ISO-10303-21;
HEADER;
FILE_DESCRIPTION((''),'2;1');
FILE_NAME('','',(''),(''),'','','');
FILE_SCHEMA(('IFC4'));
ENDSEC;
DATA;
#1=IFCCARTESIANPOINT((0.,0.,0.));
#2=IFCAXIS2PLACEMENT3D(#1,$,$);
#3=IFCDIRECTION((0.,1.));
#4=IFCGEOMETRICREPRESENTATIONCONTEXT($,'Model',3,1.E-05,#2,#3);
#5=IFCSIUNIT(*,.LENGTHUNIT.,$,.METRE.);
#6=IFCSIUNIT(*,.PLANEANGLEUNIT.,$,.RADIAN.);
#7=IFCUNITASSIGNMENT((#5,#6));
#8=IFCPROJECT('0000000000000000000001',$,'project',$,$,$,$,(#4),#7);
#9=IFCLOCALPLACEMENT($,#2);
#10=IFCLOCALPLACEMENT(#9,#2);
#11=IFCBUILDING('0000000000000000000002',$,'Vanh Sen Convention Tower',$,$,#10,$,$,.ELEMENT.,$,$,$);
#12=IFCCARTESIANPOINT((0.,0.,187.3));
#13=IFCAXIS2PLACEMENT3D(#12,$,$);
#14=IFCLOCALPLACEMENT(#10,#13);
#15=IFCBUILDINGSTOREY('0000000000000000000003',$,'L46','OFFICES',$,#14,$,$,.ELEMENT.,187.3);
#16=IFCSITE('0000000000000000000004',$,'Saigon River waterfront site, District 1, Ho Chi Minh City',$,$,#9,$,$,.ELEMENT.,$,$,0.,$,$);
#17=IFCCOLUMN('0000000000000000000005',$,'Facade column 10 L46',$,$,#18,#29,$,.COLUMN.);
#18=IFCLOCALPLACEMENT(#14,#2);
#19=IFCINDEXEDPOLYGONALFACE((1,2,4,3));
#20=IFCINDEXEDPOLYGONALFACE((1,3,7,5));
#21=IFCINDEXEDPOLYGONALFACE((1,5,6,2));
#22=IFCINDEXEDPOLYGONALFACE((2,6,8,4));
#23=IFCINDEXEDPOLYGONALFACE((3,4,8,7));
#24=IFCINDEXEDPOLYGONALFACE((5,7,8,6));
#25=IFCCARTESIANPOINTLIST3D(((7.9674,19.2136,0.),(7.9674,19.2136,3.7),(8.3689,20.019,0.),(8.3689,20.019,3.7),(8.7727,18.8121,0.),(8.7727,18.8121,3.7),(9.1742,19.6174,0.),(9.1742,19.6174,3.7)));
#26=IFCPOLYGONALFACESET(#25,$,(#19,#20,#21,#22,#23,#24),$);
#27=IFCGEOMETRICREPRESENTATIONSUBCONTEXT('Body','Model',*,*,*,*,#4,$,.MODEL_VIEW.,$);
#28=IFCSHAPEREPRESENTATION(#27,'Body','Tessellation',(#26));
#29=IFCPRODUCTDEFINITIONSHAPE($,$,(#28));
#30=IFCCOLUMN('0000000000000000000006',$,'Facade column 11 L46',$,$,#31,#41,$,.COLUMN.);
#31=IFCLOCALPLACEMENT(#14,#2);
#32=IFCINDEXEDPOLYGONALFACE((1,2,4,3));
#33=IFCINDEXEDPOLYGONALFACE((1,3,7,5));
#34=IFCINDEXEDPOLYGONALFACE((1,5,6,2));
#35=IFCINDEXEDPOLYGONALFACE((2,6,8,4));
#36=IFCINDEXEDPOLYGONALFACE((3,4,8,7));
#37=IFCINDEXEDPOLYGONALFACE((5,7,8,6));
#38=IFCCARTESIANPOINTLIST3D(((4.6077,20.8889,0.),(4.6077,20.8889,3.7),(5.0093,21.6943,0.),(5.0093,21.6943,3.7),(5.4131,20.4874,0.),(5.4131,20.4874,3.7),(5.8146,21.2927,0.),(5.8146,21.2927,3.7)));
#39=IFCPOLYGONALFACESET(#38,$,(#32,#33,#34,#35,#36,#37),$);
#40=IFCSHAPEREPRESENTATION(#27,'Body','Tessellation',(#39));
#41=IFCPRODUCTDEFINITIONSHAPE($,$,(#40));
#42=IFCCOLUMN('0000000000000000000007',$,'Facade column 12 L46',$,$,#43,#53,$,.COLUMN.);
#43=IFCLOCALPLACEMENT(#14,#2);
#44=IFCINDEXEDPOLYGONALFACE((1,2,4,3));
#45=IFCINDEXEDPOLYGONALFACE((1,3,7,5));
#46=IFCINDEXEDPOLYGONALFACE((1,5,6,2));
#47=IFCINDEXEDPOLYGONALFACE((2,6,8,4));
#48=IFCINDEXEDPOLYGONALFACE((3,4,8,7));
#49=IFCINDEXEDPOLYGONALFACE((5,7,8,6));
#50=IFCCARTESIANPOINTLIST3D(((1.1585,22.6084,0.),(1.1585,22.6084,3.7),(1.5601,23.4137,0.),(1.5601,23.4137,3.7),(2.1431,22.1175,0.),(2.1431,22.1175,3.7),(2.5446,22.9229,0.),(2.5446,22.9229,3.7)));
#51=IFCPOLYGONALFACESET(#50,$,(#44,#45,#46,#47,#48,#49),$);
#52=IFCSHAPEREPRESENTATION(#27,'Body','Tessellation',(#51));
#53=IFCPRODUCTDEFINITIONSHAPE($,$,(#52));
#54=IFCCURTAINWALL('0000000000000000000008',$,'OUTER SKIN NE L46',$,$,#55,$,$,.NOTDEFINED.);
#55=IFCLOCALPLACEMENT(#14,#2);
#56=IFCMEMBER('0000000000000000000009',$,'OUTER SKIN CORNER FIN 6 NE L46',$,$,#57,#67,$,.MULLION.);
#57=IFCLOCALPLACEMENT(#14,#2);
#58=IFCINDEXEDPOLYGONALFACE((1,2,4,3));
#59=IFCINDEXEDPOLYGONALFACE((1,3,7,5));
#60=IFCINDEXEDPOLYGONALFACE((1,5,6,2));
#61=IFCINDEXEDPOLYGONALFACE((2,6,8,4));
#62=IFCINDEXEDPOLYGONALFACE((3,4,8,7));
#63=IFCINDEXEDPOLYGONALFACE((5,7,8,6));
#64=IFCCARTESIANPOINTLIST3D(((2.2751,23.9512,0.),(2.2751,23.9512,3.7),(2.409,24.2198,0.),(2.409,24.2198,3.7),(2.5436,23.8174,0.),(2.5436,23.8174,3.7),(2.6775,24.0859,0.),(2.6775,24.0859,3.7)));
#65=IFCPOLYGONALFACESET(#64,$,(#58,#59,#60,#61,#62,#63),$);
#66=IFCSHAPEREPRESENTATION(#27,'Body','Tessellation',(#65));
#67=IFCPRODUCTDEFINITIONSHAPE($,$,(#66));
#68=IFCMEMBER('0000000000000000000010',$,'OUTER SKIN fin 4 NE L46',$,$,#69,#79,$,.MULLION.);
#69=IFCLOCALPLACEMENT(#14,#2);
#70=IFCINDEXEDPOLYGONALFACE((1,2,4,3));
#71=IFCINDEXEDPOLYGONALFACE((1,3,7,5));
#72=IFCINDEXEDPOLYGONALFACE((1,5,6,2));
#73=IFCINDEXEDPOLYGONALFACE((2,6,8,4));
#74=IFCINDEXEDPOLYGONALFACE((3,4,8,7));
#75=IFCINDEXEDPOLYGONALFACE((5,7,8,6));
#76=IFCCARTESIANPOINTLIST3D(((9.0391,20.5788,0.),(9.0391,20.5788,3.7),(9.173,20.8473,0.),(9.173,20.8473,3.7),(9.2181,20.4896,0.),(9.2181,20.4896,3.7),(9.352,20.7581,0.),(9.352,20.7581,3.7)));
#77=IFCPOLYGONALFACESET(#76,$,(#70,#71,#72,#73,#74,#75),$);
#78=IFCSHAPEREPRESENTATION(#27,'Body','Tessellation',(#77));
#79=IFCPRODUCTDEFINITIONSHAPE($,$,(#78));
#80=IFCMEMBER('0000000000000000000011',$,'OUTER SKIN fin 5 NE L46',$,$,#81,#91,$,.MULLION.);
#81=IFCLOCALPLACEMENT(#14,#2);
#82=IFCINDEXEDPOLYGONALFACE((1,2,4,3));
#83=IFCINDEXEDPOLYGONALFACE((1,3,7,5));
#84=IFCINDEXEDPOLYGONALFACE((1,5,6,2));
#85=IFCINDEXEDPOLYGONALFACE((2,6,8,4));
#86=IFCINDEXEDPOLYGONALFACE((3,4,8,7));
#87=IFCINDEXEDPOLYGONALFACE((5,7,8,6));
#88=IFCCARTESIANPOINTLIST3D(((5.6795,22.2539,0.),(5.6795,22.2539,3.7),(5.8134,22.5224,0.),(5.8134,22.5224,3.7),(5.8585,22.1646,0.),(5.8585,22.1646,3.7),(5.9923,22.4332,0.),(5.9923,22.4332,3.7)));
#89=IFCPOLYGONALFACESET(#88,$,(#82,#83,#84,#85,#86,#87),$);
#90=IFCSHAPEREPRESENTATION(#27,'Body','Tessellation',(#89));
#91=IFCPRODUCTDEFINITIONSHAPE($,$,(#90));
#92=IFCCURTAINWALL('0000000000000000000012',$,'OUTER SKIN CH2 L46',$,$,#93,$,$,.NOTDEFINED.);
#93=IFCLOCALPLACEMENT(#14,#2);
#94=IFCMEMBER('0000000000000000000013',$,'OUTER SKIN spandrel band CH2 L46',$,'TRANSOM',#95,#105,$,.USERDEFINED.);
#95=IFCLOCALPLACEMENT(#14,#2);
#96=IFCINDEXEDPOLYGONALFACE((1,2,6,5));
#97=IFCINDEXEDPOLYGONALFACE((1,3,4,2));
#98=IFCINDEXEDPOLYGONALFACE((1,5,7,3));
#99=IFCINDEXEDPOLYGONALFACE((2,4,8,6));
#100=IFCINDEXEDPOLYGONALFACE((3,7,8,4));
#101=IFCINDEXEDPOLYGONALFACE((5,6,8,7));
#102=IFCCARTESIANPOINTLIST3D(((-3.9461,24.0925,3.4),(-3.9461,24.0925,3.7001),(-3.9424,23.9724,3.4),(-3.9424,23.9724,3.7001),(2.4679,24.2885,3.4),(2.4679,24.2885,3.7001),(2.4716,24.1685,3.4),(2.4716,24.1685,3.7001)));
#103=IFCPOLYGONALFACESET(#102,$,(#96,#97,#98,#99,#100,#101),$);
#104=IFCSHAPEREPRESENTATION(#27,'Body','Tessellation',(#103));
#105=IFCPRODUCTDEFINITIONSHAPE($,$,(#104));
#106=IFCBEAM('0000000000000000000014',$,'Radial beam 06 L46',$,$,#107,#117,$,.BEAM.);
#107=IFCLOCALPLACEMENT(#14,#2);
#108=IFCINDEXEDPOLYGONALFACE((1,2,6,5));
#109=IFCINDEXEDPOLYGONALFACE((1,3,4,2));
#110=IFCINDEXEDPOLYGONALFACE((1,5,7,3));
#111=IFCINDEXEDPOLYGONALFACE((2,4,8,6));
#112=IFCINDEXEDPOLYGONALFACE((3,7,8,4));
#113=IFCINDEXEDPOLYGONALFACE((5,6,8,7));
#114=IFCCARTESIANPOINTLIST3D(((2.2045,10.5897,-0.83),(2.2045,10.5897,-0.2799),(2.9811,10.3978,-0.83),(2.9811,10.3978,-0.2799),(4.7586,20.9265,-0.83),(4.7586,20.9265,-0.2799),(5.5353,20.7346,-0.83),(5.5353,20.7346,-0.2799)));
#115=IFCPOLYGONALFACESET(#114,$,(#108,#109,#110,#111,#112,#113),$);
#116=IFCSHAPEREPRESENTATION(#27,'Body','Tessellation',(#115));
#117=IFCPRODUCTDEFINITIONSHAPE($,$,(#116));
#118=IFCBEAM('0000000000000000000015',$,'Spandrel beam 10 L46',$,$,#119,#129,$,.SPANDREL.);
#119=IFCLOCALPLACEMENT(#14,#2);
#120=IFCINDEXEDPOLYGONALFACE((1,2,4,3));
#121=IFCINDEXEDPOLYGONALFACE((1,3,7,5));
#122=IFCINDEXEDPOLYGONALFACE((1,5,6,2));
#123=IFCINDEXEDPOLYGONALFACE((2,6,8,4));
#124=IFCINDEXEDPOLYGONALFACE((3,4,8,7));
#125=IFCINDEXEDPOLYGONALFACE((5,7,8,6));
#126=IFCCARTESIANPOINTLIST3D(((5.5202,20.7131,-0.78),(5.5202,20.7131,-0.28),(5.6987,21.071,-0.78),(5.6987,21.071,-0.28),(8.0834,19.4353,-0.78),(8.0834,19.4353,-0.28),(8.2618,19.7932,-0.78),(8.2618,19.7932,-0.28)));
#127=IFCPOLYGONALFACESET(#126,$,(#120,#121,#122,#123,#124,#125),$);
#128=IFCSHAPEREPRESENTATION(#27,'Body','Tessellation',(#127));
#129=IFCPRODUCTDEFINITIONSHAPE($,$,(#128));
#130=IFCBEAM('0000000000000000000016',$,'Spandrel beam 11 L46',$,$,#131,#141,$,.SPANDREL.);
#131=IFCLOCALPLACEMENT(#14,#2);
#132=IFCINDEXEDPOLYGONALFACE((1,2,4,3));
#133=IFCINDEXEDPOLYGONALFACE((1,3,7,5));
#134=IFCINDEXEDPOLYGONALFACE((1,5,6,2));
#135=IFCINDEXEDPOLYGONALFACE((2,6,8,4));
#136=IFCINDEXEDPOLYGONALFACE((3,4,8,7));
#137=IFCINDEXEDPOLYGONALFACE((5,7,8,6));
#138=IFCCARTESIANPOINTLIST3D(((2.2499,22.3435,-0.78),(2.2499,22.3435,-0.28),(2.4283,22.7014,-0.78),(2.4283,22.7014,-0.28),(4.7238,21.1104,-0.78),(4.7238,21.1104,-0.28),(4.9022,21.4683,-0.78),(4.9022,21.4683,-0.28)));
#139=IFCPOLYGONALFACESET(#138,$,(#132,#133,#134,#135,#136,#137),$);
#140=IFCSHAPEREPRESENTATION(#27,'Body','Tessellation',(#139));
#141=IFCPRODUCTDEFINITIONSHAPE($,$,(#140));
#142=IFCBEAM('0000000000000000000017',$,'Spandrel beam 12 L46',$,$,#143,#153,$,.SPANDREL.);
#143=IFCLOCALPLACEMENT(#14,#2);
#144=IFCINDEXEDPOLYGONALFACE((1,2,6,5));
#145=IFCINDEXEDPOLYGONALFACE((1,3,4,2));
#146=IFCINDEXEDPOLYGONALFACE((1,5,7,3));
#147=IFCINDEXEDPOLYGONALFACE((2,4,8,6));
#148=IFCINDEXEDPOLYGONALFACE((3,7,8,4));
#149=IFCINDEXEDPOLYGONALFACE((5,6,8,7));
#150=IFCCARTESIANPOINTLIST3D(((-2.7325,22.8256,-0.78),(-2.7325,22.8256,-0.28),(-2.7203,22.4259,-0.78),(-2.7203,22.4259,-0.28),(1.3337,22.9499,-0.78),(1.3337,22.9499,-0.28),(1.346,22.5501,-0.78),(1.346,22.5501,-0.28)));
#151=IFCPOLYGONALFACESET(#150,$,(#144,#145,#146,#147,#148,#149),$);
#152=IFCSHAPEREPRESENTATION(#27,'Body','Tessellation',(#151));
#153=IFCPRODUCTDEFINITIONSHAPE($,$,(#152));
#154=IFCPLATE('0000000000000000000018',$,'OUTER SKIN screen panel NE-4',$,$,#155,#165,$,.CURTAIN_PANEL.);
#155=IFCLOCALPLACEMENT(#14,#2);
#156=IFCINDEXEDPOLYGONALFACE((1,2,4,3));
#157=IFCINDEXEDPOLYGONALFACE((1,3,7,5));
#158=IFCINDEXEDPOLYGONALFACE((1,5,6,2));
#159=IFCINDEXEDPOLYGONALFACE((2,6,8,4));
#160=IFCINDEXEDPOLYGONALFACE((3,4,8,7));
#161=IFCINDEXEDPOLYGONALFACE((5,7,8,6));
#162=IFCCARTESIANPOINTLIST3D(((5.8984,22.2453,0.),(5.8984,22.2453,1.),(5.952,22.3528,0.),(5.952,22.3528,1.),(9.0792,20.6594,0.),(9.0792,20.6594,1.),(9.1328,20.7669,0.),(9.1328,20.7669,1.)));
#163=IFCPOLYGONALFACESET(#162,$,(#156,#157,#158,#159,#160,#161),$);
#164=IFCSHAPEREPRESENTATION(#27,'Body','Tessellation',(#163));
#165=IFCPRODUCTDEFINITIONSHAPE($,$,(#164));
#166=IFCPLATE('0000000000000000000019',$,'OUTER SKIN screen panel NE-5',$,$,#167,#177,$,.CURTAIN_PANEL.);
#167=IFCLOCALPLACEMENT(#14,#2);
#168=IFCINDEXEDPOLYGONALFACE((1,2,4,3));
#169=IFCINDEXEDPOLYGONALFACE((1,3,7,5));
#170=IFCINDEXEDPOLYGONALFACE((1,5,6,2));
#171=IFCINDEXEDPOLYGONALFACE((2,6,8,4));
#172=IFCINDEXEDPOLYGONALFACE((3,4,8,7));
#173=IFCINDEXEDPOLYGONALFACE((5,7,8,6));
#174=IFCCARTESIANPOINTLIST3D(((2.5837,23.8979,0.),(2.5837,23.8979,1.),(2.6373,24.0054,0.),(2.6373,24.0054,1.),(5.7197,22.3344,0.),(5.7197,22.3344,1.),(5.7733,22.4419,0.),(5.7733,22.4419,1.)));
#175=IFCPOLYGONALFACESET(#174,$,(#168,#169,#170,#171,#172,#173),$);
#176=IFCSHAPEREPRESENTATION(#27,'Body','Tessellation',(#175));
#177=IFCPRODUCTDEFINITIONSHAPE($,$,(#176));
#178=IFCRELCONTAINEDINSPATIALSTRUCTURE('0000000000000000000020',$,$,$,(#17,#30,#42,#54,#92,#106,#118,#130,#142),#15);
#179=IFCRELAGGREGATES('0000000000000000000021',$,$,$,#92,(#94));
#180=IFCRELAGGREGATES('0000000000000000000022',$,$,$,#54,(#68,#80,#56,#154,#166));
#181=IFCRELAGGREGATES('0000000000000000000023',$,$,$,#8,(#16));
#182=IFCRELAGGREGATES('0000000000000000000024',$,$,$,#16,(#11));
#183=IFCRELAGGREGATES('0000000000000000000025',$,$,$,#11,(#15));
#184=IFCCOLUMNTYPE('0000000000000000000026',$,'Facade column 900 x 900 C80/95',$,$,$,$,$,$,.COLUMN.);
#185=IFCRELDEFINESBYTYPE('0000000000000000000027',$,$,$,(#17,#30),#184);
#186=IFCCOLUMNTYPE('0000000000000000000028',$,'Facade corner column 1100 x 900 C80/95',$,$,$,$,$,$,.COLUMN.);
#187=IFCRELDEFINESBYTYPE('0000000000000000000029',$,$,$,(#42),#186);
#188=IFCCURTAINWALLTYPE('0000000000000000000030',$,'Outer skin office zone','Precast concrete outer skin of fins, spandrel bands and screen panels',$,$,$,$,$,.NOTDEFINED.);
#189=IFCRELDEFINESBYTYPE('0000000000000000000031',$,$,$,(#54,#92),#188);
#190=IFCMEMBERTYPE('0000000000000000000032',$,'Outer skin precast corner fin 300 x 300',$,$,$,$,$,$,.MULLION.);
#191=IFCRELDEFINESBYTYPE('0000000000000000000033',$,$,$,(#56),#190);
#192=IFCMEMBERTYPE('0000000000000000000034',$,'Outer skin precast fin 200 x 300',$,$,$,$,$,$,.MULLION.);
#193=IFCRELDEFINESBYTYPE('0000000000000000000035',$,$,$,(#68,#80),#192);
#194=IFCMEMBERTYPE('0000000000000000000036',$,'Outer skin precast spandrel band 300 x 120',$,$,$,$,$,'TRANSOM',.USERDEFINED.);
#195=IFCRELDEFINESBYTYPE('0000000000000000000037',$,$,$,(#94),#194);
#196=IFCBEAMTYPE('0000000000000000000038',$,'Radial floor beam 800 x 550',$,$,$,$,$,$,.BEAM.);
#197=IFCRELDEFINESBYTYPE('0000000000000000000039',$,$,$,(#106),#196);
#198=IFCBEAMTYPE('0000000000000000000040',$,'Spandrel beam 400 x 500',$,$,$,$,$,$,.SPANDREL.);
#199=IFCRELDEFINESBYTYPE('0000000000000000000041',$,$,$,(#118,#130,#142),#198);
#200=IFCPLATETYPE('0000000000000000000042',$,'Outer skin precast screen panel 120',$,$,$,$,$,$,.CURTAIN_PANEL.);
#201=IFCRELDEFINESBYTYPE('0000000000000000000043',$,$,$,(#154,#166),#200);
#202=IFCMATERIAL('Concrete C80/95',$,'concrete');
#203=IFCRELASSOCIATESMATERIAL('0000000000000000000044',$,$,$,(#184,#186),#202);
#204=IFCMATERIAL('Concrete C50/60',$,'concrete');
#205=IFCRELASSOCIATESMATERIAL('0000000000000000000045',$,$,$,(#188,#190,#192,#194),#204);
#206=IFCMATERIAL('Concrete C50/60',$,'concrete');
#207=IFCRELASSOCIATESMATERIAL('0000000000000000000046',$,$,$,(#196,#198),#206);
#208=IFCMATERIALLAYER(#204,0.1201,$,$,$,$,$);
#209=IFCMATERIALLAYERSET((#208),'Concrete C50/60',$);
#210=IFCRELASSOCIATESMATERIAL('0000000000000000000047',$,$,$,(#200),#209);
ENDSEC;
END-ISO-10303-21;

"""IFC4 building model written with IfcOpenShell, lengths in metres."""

from ifc_helpers import new_model, si_unit, direction, frame, origin, origin_2d, place, context, subcontext, project, spatial, rectangle, extrude, material, layer, layer_set, material_profile, profile_set, type_object, element, aggregate, save


model = new_model("IFC4")

# Units and contexts
model_context = context("Model", 3, precision=1e-05, world=origin(), true_north=direction((0.0, 1.0)))
body_context = subcontext(model_context, "Body", "Model", "MODEL_VIEW")
ifc_project = project(units=[si_unit("LENGTHUNIT", "METRE"), si_unit("PLANEANGLEUNIT", "RADIAN")], contexts=[model_context])

# Site, building, storey
site_placement = place(None, origin())
site = spatial("IfcSite", under=ifc_project, at=site_placement, Name="Saigon River waterfront site, District 1, Ho Chi Minh City", CompositionType="ELEMENT", RefElevation=0.0)
building_placement = place(site_placement, origin())
building = spatial("IfcBuilding", under=site, at=building_placement, Name="Vanh Sen Convention Tower", CompositionType="ELEMENT")
storey_placement = place(building_placement, frame((0.0, 0.0, 187.3)))
storey = spatial("IfcBuildingStorey", under=building, at=storey_placement, Name="L46", Description="OFFICES", CompositionType="ELEMENT", Elevation=187.3)

# Columns
ifc_material_1 = material(Name="Concrete C80/95", Category="concrete")
ifc_material_profile_1 = material_profile(ifc_material_1, rectangle(XDim=0.8999, YDim=0.8999, at=origin_2d()), Name="RC 900X900")
ifc_profile_set_1 = profile_set([ifc_material_profile_1], Name="Concrete C80/95")
column_type_1 = type_object("IfcColumnType", Name="Facade column 900 x 900 C80/95", PredefinedType="COLUMN", material=ifc_profile_set_1)
for number, where, z_axis, x_axis, name in (
    (1, (8.5708, 19.4155, 0.0), (0.0, 0.0, 1.0), (-0.894934, 0.446198, 0.0), "Facade column 10 L46"),
    (2, (5.2112, 21.0908, 0.0), (0.0, 0.0, 1.0), (-0.894934, 0.446198, 0.0), "Facade column 11 L46"),
):
    element("IfcColumn", number, at=place(storey_placement, frame(where, z_axis=z_axis, x_axis=x_axis)), inside=storey, type_object=column_type_1, Name=name, PredefinedType="COLUMN", context=body_context, shape_type="SweptSolid", body=[
        extrude(rectangle(XDim=0.8999, YDim=0.8999, at=origin_2d()), origin(), (0.0, 0.0, 1.0), 3.7),
    ])
ifc_material_profile_2 = material_profile(ifc_material_1, rectangle(XDim=1.1001, YDim=0.8999, at=origin_2d()), Name="RC 1100X900")
ifc_profile_set_2 = profile_set([ifc_material_profile_2], Name="Concrete C80/95")
column_type_2 = type_object("IfcColumnType", Name="Facade corner column 1100 x 900 C80/95", PredefinedType="COLUMN", material=ifc_profile_set_2)
column_placement = place(storey_placement, frame((1.8516, 22.7656, 0.0), z_axis=(0.0, 0.0, 1.0), x_axis=(-0.894934, 0.446198, 0.0)))
element("IfcColumn", 3, at=column_placement, inside=storey, type_object=column_type_2, Name="Facade column 12 L46", PredefinedType="COLUMN", context=body_context, shape_type="SweptSolid", body=[
    extrude(rectangle(XDim=1.1001, YDim=0.8999, at=origin_2d()), origin(), (0.0, 0.0, 1.0), 3.7),
])

# Curtain wall, members
ifc_material_2 = material(Name="Concrete C50/60", Category="concrete")
curtain_wall_type = type_object("IfcCurtainWallType", Name="Outer skin office zone", Description="Precast concrete outer skin of fins, spandrel bands and screen panels", PredefinedType="NOTDEFINED", material=ifc_material_2)
curtain_wall_1_placement = place(storey_placement, origin())
curtain_wall_1 = element("IfcCurtainWall", 4, at=curtain_wall_1_placement, inside=storey, type_object=curtain_wall_type, Name="OUTER SKIN NE L46", PredefinedType="NOTDEFINED")
ifc_material_profile_3 = material_profile(ifc_material_2, rectangle(XDim=0.3, YDim=0.3, at=origin_2d()), Name="Outer skin precast corner fin 300 x 300")
ifc_profile_set_3 = profile_set([ifc_material_profile_3], Name="Concrete C50/60")
member_type_1 = type_object("IfcMemberType", Name="Outer skin precast corner fin 300 x 300", PredefinedType="MULLION", material=ifc_profile_set_3)
member_1_placement = place(storey_placement, frame((2.4763, 24.0186, 0.0), z_axis=(0.0, 0.0, 1.0), x_axis=(-0.894934, 0.446198, 0.0)))
member_1 = element("IfcMember", 5, at=member_1_placement, type_object=member_type_1, Name="OUTER SKIN CORNER FIN 6 NE L46", PredefinedType="MULLION", context=body_context, shape_type="SweptSolid", body=[
    extrude(rectangle(XDim=0.3, YDim=0.3, at=origin_2d()), origin(), (0.0, 0.0, 1.0), 3.7),
])
ifc_material_profile_4 = material_profile(ifc_material_2, rectangle(XDim=0.2, YDim=0.3, at=origin_2d()), Name="Outer skin precast fin 200 x 300")
ifc_profile_set_4 = profile_set([ifc_material_profile_4], Name="Concrete C50/60")
member_type_2 = type_object("IfcMemberType", Name="Outer skin precast fin 200 x 300", PredefinedType="MULLION", material=ifc_profile_set_4)
member_2_placement = place(storey_placement, frame((9.1956, 20.6685, 0.0), z_axis=(0.0, 0.0, 1.0), x_axis=(-0.894934, 0.446198, 0.0)))
member_2 = element("IfcMember", 6, at=member_2_placement, type_object=member_type_2, Name="OUTER SKIN fin 4 NE L46", PredefinedType="MULLION", context=body_context, shape_type="SweptSolid", body=[
    extrude(rectangle(XDim=0.2, YDim=0.3, at=origin_2d()), origin(), (0.0, 0.0, 1.0), 3.7),
])
member_3_placement = place(storey_placement, frame((5.8359, 22.3435, 0.0), z_axis=(0.0, 0.0, 1.0), x_axis=(-0.894934, 0.446198, 0.0)))
member_3 = element("IfcMember", 7, at=member_3_placement, type_object=member_type_2, Name="OUTER SKIN fin 5 NE L46", PredefinedType="MULLION", context=body_context, shape_type="SweptSolid", body=[
    extrude(rectangle(XDim=0.2, YDim=0.3, at=origin_2d()), origin(), (0.0, 0.0, 1.0), 3.7),
])

# Curtain wall, member
curtain_wall_2_placement = place(storey_placement, origin())
curtain_wall_2 = element("IfcCurtainWall", 8, at=curtain_wall_2_placement, inside=storey, type_object=curtain_wall_type, Name="OUTER SKIN CH2 L46", PredefinedType="NOTDEFINED")
ifc_material_profile_5 = material_profile(ifc_material_2, rectangle(XDim=0.1201, YDim=0.3, at=origin_2d()), Name="Outer skin precast spandrel band 300 x 120")
ifc_profile_set_5 = profile_set([ifc_material_profile_5], Name="Concrete C50/60")
member_type_3 = type_object("IfcMemberType", Name="Outer skin precast spandrel band 300 x 120", ElementType="TRANSOM", PredefinedType="USERDEFINED", material=ifc_profile_set_5)
member_4_placement = place(storey_placement, frame((2.4697, 24.2285, 3.55), z_axis=(-0.999533, -0.030551, 0.0), x_axis=(0.030551, -0.999533, 0.0)))
member_4 = element("IfcMember", 9, at=member_4_placement, type_object=member_type_3, Name="OUTER SKIN spandrel band CH2 L46", ObjectType="TRANSOM", PredefinedType="USERDEFINED", context=body_context, shape_type="SweptSolid", body=[
    extrude(rectangle(XDim=0.1201, YDim=0.3, at=origin_2d()), origin(), (0.0, 0.0, 1.0), 6.417),
])
aggregate(curtain_wall_2, [member_4])

# Beams
ifc_material_3 = material(Name="Concrete C50/60", Category="concrete")
ifc_material_profile_6 = material_profile(ifc_material_3, rectangle(XDim=0.8, YDim=0.55, at=origin_2d()), Name="RC 800X550")
ifc_profile_set_6 = profile_set([ifc_material_profile_6], Name="Concrete C50/60")
beam_type_1 = type_object("IfcBeamType", Name="Radial floor beam 800 x 550", PredefinedType="BEAM", material=ifc_profile_set_6)
beam_1_placement = place(storey_placement, frame((5.147, 20.8306, -0.5549), z_axis=(-0.23988, -0.970802, 0.0), x_axis=(0.970802, -0.23988, 0.0)))
element("IfcBeam", 10, at=beam_1_placement, inside=storey, type_object=beam_type_1, Name="Radial beam 06 L46", PredefinedType="BEAM", context=body_context, shape_type="SweptSolid", body=[
    extrude(rectangle(XDim=0.8, YDim=0.55, at=origin_2d()), origin(), (0.0, 0.0, 1.0), 10.6477),
])
ifc_material_profile_7 = material_profile(ifc_material_3, rectangle(XDim=0.3999, YDim=0.5, at=origin_2d()), Name="RC 400X500")
ifc_profile_set_7 = profile_set([ifc_material_profile_7], Name="Concrete C50/60")
beam_type_2 = type_object("IfcBeamType", Name="Spandrel beam 400 x 500", PredefinedType="SPANDREL", material=ifc_profile_set_7)
beam_2_placement = place(storey_placement, frame((8.1726, 19.6143, -0.53), z_axis=(-0.894955, 0.446156, 0.0), x_axis=(-0.446156, -0.894955, 0.0)))
element("IfcBeam", 11, at=beam_2_placement, inside=storey, type_object=beam_type_2, Name="Spandrel beam 10 L46", PredefinedType="SPANDREL", context=body_context, shape_type="SweptSolid", body=[
    extrude(rectangle(XDim=0.3999, YDim=0.5, at=origin_2d()), origin(), (0.0, 0.0, 1.0), 2.864),
])
beam_3_placement = place(storey_placement, frame((4.813, 21.2893, -0.53), z_axis=(-0.894974, 0.446118, 0.0), x_axis=(-0.446118, -0.894974, 0.0)))
element("IfcBeam", 12, at=beam_3_placement, inside=storey, type_object=beam_type_2, Name="Spandrel beam 11 L46", PredefinedType="SPANDREL", context=body_context, shape_type="SweptSolid", body=[
    extrude(rectangle(XDim=0.3999, YDim=0.5, at=origin_2d()), origin(), (0.0, 0.0, 1.0), 2.7642),
])
beam_4_placement = place(storey_placement, frame((1.3398, 22.75, -0.53), z_axis=(-0.999533, -0.030547, 0.0), x_axis=(0.030547, -0.999533, 0.0)))
element("IfcBeam", 13, at=beam_4_placement, inside=storey, type_object=beam_type_2, Name="Spandrel beam 12 L46", PredefinedType="SPANDREL", context=body_context, shape_type="SweptSolid", body=[
    extrude(rectangle(XDim=0.3999, YDim=0.5, at=origin_2d()), origin(), (0.0, 0.0, 1.0), 4.0681),
])

# Plates
ifc_layer_1 = layer(ifc_material_2, 0.1201)
ifc_layer_set_1 = layer_set([ifc_layer_1], Name="Concrete C50/60")
plate_type = type_object("IfcPlateType", Name="Outer skin precast screen panel 120", PredefinedType="CURTAIN_PANEL", material=ifc_layer_set_1)
plate_1_placement = place(storey_placement, frame((7.5156, 21.5061, 0.0), z_axis=(0.0, 0.0, 1.0), x_axis=(-0.894933, 0.446201, 0.0)))
plate_1 = element("IfcPlate", 14, at=plate_1_placement, type_object=plate_type, Name="OUTER SKIN screen panel NE-4", PredefinedType="CURTAIN_PANEL", context=body_context, shape_type="SweptSolid", body=[
    extrude(rectangle(XDim=3.5542, YDim=0.1201, at=origin_2d()), origin(), (0.0, 0.0, 1.0), 1.0),
])
plate_2_placement = place(storey_placement, frame((4.1785, 23.1699, 0.0), z_axis=(0.0, 0.0, 1.0), x_axis=(-0.894944, 0.446179, 0.0)))
plate_2 = element("IfcPlate", 15, at=plate_2_placement, type_object=plate_type, Name="OUTER SKIN screen panel NE-5", PredefinedType="CURTAIN_PANEL", context=body_context, shape_type="SweptSolid", body=[
    extrude(rectangle(XDim=3.5042, YDim=0.1201, at=origin_2d()), origin(), (0.0, 0.0, 1.0), 1.0),
])
aggregate(curtain_wall_1, [member_2, member_3, member_1, plate_1, plate_2])

save(model, "model.ifc")
